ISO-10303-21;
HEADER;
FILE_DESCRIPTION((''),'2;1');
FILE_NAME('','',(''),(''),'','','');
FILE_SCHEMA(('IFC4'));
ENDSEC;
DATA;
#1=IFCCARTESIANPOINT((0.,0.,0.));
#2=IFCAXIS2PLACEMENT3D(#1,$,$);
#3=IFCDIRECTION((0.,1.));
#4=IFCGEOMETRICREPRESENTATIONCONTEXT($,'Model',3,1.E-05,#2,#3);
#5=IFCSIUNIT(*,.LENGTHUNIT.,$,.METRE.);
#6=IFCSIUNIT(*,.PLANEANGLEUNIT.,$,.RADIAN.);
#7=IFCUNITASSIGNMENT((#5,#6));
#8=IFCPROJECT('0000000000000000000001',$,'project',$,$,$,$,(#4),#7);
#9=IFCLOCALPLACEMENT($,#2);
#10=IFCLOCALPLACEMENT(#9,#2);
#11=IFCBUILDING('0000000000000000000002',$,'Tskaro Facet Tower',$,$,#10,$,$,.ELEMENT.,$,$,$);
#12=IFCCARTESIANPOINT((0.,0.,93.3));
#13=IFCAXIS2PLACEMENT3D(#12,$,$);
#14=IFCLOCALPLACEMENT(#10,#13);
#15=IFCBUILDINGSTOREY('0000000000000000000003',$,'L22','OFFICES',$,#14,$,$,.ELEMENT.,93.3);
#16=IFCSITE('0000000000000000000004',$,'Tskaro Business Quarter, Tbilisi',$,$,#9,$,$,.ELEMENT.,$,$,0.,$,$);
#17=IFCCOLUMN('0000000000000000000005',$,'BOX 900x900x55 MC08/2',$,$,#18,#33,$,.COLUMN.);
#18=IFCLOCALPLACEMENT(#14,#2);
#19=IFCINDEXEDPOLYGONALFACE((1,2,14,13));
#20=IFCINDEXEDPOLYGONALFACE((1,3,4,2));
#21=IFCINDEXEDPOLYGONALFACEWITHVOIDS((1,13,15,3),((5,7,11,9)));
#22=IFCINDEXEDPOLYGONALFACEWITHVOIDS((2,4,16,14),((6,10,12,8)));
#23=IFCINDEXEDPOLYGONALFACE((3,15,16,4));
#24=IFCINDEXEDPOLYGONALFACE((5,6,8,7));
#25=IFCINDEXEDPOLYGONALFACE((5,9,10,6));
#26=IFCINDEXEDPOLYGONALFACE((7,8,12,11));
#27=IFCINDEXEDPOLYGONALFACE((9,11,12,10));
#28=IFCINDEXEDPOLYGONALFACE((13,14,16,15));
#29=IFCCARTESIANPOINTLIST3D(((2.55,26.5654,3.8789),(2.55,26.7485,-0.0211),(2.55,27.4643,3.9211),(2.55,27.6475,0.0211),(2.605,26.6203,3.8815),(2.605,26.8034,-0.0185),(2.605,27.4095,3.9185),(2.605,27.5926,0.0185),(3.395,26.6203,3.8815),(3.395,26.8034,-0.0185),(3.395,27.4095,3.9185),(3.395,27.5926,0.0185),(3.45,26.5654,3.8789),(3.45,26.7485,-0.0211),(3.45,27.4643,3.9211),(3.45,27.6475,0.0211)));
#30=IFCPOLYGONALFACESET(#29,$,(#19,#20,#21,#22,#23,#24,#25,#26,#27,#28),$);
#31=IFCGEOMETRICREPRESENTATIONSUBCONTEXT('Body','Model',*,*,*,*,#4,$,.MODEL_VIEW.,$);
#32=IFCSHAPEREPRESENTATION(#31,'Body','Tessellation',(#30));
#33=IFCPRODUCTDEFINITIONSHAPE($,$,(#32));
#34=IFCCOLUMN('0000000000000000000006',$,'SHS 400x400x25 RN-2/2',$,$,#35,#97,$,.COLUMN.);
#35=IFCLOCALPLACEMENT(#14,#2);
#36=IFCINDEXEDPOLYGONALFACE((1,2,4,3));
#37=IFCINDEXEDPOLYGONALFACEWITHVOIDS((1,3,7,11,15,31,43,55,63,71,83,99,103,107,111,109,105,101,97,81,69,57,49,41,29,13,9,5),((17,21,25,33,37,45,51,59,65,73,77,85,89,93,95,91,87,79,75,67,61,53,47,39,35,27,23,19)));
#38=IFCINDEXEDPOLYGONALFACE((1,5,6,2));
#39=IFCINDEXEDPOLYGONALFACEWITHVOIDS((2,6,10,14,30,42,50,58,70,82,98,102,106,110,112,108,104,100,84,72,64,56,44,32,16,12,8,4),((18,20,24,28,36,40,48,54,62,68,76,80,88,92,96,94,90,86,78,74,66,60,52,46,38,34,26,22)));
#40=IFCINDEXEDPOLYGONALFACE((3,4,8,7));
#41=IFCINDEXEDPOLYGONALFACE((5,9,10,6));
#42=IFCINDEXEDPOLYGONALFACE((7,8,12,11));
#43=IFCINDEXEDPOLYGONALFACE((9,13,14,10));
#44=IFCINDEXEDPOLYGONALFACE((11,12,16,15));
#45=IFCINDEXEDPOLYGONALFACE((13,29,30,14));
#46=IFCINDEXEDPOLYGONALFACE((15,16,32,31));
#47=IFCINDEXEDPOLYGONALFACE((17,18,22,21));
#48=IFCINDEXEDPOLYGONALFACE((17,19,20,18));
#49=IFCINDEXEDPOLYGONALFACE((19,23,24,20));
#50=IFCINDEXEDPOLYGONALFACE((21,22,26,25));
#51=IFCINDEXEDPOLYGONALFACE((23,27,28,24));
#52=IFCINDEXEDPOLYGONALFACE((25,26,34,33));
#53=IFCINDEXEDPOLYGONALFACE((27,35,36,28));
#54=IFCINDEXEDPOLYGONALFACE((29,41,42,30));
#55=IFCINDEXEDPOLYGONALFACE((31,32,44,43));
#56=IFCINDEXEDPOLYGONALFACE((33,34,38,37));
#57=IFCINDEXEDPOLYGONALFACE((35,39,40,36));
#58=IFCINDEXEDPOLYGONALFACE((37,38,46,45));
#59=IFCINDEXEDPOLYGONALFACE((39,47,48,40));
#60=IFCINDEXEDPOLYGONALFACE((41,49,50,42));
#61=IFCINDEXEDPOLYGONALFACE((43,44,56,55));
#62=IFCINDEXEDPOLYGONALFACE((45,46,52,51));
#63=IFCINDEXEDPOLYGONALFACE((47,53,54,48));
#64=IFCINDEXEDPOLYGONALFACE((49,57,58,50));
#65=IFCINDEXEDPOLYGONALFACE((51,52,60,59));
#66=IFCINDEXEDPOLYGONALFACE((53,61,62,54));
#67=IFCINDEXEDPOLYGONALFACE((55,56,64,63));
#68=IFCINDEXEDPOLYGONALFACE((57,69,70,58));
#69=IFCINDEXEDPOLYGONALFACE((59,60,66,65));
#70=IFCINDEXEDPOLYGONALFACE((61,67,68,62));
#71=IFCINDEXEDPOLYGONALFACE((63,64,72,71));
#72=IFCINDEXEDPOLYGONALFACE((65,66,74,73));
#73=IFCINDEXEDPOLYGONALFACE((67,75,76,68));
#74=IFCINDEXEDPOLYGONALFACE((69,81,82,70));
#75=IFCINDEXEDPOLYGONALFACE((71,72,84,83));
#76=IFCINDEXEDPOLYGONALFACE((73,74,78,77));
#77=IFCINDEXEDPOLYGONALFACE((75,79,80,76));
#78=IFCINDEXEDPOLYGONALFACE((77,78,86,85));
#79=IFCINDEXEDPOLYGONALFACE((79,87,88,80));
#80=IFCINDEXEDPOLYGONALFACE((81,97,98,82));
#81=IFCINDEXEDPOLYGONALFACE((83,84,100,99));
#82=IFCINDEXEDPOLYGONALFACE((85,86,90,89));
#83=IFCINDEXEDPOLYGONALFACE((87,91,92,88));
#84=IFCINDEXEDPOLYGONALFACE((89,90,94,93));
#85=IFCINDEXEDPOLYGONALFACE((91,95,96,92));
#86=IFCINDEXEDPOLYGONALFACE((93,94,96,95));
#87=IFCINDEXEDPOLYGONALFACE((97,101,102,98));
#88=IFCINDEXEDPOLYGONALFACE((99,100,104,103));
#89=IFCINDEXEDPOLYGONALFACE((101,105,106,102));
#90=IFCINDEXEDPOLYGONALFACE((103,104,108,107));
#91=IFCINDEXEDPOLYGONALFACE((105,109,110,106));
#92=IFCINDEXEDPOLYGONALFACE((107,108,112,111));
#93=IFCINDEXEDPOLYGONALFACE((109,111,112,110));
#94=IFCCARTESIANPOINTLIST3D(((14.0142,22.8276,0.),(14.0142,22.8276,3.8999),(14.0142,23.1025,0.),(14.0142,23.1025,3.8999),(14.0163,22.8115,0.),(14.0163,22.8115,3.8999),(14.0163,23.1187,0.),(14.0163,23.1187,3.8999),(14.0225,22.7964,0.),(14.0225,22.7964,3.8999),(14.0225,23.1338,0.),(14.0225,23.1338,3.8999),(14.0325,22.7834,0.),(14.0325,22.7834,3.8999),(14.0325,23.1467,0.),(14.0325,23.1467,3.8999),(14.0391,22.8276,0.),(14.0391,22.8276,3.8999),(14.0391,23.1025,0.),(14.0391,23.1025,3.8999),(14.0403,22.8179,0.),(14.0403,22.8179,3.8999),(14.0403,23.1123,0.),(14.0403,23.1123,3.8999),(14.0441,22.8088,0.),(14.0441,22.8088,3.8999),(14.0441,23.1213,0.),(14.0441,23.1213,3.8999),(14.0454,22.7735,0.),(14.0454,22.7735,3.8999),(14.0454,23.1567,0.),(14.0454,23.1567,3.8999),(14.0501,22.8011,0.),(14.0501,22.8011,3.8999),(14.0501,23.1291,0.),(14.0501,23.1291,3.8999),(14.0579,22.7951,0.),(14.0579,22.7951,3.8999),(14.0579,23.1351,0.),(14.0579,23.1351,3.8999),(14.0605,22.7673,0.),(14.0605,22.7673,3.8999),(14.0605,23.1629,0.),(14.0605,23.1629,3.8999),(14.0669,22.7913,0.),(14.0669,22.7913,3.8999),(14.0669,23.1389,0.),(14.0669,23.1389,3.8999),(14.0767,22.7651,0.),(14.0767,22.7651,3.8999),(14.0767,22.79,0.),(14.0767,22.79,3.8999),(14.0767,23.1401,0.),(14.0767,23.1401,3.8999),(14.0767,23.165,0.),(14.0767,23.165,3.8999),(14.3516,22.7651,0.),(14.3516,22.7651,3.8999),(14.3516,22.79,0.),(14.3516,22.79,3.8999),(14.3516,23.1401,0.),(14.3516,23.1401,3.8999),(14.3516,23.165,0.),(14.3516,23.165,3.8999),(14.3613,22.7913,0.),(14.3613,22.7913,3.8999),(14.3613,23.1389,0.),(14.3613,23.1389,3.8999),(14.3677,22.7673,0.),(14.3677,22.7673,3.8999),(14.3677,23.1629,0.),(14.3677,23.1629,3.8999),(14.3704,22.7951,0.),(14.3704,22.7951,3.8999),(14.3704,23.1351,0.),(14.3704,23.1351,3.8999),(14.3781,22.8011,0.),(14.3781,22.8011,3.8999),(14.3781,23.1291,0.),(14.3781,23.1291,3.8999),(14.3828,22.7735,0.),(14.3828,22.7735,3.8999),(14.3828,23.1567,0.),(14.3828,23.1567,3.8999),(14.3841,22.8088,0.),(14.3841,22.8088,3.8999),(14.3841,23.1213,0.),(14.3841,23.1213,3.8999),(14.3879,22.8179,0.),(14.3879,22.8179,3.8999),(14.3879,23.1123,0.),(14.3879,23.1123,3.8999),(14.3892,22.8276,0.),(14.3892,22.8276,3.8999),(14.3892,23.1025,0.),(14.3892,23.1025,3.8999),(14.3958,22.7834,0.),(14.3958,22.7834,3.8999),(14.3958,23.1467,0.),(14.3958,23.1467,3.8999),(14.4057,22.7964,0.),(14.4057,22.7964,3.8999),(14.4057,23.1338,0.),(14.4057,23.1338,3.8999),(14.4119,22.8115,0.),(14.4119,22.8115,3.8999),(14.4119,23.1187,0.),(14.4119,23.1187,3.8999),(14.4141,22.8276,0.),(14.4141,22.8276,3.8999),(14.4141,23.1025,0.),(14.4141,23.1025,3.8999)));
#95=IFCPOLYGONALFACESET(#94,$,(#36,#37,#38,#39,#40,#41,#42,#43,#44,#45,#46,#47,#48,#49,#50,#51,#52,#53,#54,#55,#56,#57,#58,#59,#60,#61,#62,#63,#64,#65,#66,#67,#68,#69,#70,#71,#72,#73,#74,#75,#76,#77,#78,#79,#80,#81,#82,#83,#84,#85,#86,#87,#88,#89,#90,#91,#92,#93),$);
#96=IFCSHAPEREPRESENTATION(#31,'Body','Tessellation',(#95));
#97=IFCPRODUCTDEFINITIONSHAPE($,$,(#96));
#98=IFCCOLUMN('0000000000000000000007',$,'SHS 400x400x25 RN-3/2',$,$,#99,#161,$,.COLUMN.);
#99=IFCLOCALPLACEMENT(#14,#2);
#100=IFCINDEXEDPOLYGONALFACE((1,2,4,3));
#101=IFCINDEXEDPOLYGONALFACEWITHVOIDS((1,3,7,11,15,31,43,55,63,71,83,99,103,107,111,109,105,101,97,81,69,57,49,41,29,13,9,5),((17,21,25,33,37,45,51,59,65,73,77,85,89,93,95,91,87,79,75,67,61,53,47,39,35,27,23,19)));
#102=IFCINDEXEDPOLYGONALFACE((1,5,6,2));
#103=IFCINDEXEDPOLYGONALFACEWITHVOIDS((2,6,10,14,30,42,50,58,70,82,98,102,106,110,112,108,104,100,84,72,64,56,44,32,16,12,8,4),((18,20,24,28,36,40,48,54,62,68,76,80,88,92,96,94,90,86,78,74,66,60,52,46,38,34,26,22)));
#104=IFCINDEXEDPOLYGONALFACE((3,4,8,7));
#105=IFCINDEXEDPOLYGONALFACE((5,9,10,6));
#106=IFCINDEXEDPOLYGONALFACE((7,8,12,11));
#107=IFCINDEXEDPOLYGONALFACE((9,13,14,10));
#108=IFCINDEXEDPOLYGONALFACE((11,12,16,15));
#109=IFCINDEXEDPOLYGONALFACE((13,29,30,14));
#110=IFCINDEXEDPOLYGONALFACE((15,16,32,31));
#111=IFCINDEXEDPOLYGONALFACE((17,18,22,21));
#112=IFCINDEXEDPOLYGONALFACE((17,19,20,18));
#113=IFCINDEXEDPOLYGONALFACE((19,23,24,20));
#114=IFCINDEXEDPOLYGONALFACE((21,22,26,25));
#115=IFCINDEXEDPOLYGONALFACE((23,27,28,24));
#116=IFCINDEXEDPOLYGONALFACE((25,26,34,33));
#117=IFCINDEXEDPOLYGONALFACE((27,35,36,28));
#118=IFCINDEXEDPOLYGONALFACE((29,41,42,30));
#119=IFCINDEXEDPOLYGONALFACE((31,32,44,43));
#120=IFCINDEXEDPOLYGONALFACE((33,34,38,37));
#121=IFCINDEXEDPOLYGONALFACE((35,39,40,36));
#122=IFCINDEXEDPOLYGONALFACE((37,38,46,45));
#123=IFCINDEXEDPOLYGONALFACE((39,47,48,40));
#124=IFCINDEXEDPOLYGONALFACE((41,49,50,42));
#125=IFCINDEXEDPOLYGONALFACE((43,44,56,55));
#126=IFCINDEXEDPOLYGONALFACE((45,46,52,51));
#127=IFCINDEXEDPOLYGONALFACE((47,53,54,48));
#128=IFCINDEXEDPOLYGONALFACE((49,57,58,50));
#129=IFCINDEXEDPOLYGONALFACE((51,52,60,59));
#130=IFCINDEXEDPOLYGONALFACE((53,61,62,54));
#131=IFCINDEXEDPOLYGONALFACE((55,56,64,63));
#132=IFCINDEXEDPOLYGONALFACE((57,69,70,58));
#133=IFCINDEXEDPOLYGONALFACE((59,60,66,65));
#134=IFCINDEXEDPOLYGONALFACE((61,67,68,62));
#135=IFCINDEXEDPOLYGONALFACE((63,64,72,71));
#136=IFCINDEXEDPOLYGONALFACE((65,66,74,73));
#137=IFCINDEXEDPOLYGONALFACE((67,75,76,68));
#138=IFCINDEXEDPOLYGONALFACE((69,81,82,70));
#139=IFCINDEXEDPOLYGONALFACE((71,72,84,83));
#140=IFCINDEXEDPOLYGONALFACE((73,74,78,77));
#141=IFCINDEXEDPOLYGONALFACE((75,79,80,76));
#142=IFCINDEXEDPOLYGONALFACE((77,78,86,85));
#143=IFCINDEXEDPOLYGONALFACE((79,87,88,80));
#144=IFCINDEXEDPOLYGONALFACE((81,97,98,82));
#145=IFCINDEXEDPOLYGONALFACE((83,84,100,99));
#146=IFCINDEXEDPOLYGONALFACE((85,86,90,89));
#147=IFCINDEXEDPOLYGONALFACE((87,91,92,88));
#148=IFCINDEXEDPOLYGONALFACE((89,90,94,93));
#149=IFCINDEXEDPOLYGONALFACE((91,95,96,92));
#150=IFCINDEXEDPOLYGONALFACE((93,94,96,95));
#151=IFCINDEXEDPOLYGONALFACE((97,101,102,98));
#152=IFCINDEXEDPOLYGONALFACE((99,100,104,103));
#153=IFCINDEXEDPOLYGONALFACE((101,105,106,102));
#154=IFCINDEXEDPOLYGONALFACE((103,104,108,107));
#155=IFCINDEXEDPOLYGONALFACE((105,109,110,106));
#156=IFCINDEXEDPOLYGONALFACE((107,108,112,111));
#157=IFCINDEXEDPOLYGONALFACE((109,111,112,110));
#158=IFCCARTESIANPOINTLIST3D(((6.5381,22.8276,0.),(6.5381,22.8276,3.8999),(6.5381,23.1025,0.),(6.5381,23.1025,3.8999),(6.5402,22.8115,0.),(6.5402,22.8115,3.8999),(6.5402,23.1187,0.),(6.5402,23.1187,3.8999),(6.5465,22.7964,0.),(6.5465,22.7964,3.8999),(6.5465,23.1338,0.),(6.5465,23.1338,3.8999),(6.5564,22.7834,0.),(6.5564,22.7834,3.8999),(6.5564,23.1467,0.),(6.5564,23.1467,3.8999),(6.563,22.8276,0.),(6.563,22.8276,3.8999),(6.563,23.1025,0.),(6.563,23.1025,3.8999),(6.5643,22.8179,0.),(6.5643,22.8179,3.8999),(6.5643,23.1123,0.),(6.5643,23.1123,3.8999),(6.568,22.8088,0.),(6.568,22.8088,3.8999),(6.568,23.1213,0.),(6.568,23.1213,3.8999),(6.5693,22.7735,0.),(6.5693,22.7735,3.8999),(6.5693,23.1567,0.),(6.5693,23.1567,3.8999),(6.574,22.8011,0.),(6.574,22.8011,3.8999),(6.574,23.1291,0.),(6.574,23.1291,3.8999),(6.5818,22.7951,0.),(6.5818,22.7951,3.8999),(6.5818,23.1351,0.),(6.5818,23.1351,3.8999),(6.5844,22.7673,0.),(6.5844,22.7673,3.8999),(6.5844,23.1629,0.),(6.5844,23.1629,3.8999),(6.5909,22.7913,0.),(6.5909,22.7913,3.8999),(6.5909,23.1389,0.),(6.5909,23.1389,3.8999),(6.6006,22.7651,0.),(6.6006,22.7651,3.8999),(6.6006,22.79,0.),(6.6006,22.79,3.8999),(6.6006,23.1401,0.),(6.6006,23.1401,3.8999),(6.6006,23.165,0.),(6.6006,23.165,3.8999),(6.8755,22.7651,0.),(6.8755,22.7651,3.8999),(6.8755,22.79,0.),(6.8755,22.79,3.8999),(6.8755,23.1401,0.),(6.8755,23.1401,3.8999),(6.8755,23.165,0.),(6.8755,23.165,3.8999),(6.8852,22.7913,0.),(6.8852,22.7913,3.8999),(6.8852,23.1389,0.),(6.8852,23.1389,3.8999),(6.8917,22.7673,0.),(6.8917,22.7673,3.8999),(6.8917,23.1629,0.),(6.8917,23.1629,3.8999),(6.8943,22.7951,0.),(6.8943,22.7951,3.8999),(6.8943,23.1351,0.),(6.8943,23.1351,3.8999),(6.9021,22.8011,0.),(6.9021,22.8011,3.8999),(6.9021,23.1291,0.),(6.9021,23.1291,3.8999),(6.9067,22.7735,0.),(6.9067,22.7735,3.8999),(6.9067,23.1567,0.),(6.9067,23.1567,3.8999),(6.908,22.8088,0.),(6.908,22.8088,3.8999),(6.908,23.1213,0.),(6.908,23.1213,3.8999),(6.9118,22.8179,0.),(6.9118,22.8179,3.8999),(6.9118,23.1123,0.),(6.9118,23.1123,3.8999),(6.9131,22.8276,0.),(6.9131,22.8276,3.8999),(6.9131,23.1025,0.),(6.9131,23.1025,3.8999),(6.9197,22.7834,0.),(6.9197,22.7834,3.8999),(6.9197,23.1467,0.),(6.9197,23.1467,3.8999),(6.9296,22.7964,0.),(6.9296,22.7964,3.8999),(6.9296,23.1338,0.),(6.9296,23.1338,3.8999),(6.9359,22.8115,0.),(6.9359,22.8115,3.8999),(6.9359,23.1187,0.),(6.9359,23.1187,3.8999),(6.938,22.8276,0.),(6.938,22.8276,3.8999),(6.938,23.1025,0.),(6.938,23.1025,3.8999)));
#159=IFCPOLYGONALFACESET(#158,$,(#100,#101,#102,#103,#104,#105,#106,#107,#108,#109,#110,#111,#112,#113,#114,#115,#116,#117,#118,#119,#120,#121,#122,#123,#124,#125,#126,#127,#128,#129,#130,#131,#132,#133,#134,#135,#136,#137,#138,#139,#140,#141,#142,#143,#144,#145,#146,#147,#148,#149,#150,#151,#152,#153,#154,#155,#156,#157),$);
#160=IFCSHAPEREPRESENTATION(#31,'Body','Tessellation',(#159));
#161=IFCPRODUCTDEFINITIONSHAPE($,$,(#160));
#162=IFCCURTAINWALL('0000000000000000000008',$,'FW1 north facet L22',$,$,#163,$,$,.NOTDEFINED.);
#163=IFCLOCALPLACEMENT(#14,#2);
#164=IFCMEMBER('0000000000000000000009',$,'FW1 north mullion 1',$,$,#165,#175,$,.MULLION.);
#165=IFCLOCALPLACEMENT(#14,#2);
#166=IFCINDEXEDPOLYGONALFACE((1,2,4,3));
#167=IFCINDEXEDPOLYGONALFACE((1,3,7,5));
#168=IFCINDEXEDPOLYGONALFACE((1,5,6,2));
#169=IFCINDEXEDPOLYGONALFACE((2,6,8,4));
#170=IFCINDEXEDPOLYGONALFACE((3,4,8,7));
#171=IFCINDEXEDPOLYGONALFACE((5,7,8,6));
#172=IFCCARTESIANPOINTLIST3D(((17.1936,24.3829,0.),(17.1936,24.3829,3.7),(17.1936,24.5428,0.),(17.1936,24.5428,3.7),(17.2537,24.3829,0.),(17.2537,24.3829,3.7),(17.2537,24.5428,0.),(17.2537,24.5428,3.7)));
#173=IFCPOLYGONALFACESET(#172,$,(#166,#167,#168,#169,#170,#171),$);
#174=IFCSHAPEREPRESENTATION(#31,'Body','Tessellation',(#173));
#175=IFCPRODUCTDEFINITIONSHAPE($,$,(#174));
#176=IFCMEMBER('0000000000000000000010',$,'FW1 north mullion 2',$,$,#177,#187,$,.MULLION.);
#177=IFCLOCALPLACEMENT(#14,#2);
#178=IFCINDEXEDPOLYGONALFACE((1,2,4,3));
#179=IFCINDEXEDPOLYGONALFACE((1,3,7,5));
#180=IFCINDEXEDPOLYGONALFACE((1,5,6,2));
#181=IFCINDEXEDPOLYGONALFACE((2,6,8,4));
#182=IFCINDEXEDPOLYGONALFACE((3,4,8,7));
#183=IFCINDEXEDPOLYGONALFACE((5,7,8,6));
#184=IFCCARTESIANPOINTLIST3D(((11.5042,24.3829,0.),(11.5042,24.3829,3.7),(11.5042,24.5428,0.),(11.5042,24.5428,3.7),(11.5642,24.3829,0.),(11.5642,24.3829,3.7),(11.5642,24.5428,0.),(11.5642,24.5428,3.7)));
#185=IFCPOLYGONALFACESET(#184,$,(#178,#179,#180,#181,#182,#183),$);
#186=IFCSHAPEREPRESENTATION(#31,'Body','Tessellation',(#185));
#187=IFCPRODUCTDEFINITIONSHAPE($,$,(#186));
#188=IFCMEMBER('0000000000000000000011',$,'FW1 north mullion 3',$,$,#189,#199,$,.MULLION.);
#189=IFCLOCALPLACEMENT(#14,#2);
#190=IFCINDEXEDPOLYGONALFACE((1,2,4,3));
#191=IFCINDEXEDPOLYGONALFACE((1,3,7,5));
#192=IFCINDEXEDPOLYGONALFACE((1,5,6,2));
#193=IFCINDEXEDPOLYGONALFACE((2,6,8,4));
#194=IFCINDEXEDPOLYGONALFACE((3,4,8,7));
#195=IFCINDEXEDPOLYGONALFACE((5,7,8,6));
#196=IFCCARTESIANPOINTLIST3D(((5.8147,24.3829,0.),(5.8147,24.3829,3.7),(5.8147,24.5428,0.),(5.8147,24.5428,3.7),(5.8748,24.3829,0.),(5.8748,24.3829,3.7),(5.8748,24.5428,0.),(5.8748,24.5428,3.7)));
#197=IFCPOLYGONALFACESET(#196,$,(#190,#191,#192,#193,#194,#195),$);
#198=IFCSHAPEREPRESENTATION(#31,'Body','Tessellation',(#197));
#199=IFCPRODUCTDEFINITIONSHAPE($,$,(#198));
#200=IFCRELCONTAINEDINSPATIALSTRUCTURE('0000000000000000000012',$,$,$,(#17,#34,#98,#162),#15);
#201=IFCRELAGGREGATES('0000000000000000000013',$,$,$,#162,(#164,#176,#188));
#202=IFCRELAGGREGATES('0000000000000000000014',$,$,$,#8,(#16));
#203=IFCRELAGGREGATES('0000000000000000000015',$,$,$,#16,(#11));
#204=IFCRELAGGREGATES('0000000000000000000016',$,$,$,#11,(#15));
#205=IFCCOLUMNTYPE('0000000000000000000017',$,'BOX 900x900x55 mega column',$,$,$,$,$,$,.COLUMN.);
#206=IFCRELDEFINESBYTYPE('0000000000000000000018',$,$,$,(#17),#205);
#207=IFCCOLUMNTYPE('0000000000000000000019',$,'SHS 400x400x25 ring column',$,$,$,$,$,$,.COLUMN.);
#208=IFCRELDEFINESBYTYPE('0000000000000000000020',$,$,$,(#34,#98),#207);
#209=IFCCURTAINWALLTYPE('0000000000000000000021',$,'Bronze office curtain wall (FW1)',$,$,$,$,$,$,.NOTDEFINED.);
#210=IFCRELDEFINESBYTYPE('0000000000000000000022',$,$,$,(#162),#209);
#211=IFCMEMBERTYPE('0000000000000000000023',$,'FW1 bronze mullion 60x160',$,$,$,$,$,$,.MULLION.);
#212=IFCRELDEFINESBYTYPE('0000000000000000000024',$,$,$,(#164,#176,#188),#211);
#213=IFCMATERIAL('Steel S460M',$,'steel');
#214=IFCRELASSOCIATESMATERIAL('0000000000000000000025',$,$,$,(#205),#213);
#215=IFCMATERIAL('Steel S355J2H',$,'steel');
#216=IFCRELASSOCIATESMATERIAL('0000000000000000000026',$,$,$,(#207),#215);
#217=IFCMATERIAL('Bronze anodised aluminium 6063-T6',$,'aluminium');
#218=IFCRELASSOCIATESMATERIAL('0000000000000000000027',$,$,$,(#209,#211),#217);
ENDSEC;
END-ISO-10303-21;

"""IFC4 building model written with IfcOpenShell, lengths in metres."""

from ifc_helpers import new_model, si_unit, direction, frame, origin, origin_2d, place, context, subcontext, project, spatial, rectangle, hollow_rectangle, extrude, material, material_profile, profile_set, type_object, element, aggregate, save


model = new_model("IFC4")

# Units and contexts
model_context = context("Model", 3, precision=1e-05, world=origin(), true_north=direction((0.0, 1.0)))
body_context = subcontext(model_context, "Body", "Model", "MODEL_VIEW")
ifc_project = project(units=[si_unit("LENGTHUNIT", "METRE"), si_unit("PLANEANGLEUNIT", "RADIAN")], contexts=[model_context])

# Site, building, storey
site_placement = place(None, origin())
site = spatial("IfcSite", under=ifc_project, at=site_placement, Name="Tskaro Business Quarter, Tbilisi", CompositionType="ELEMENT", RefElevation=0.0)
building_placement = place(site_placement, origin())
building = spatial("IfcBuilding", under=site, at=building_placement, Name="Tskaro Facet Tower", CompositionType="ELEMENT")
storey_placement = place(building_placement, frame((0.0, 0.0, 93.3)))
storey = spatial("IfcBuildingStorey", under=building, at=storey_placement, Name="L22", Description="OFFICES", CompositionType="ELEMENT", Elevation=93.3)

# Columns
ifc_material_1 = material(Name="Steel S460M", Category="steel")
ifc_material_profile_1 = material_profile(ifc_material_1, hollow_rectangle(XDim=0.8999, YDim=0.8999, WallThickness=0.0549, at=origin_2d()), Name="BOX 900x900x55")
ifc_profile_set_1 = profile_set([ifc_material_profile_1], Name="Steel S460M")
column_type_1 = type_object("IfcColumnType", Name="BOX 900x900x55 mega column", PredefinedType="COLUMN", material=ifc_profile_set_1)
column_placement = place(storey_placement, frame((3.0, 27.198, 0.0), z_axis=(0.0, -0.0469, 0.9989), x_axis=(1.0, 0.0, 0.0)))
element("IfcColumn", 1, at=column_placement, inside=storey, type_object=column_type_1, Name="BOX 900x900x55 MC08/2", PredefinedType="COLUMN", context=body_context, shape_type="SweptSolid", body=[
    extrude(hollow_rectangle(XDim=0.8999, YDim=0.8999, WallThickness=0.0549, at=origin_2d()), origin(), (0.0, 0.0, 1.0), 3.9043),
])
ifc_material_2 = material(Name="Steel S355J2H", Category="steel")
ifc_material_profile_2 = material_profile(ifc_material_2, hollow_rectangle(XDim=0.3999, YDim=0.3999, WallThickness=0.0249, InnerFilletRadius=0.0376, OuterFilletRadius=0.0625, at=origin_2d()), Name="SHS 400x400x25")
ifc_profile_set_2 = profile_set([ifc_material_profile_2], Name="Steel S355J2H")
column_type_2 = type_object("IfcColumnType", Name="SHS 400x400x25 ring column", PredefinedType="COLUMN", material=ifc_profile_set_2)
for number, where, z_axis, x_axis, name in (
    (2, (14.2141, 22.9651, 0.0), (0.0, 0.0, 1.0), (1.0, 0.0, 0.0), "SHS 400x400x25 RN-2/2"),
    (3, (6.738, 22.9651, 0.0), (0.0, 0.0, 1.0), (1.0, 0.0, 0.0), "SHS 400x400x25 RN-3/2"),
):
    element("IfcColumn", number, at=place(storey_placement, frame(where, z_axis=z_axis, x_axis=x_axis)), inside=storey, type_object=column_type_2, Name=name, PredefinedType="COLUMN", context=body_context, shape_type="SweptSolid", body=[
        extrude(hollow_rectangle(XDim=0.3999, YDim=0.3999, WallThickness=0.0249, InnerFilletRadius=0.0376, OuterFilletRadius=0.0625, at=origin_2d()), origin(), (0.0, 0.0, 1.0), 3.8999),
    ])

# Curtain wall, members
ifc_material_3 = material(Name="Bronze anodised aluminium 6063-T6", Category="aluminium")
curtain_wall_type = type_object("IfcCurtainWallType", Name="Bronze office curtain wall (FW1)", PredefinedType="NOTDEFINED", material=ifc_material_3)
curtain_wall_placement = place(storey_placement, origin())
curtain_wall = element("IfcCurtainWall", 4, at=curtain_wall_placement, inside=storey, type_object=curtain_wall_type, Name="FW1 north facet L22", PredefinedType="NOTDEFINED")
ifc_material_profile_3 = material_profile(ifc_material_3, rectangle(XDim=0.0601, YDim=0.1599, at=origin_2d()), Name="Mullion 60x160")
ifc_profile_set_3 = profile_set([ifc_material_profile_3], Name="Bronze anodised aluminium 6063-T6")
member_type_1 = type_object("IfcMemberType", Name="FW1 bronze mullion 60x160", PredefinedType="MULLION", material=ifc_profile_set_3)
member_1_placement = place(storey_placement, frame((17.2236, 24.4629, 0.0), z_axis=(0.0, 0.0, 1.0), x_axis=(-1.0, 0.0, 0.0)))
member_1 = element("IfcMember", 5, at=member_1_placement, type_object=member_type_1, Name="FW1 north mullion 1", PredefinedType="MULLION", context=body_context, shape_type="SweptSolid", body=[
    extrude(rectangle(XDim=0.0601, YDim=0.1599, at=origin_2d()), origin(), (0.0, 0.0, 1.0), 3.7),
])
member_2_placement = place(storey_placement, frame((11.5342, 24.4629, 0.0), z_axis=(0.0, 0.0, 1.0), x_axis=(-1.0, 0.0, 0.0)))
member_2 = element("IfcMember", 6, at=member_2_placement, type_object=member_type_1, Name="FW1 north mullion 2", PredefinedType="MULLION", context=body_context, shape_type="SweptSolid", body=[
    extrude(rectangle(XDim=0.0601, YDim=0.1599, at=origin_2d()), origin(), (0.0, 0.0, 1.0), 3.7),
])
member_3_placement = place(storey_placement, frame((5.8447, 24.4629, 0.0), z_axis=(0.0, 0.0, 1.0), x_axis=(-1.0, 0.0, 0.0)))
member_3 = element("IfcMember", 7, at=member_3_placement, type_object=member_type_1, Name="FW1 north mullion 3", PredefinedType="MULLION", context=body_context, shape_type="SweptSolid", body=[
    extrude(rectangle(XDim=0.0601, YDim=0.1599, at=origin_2d()), origin(), (0.0, 0.0, 1.0), 3.7),
])

aggregate(curtain_wall, [member_1, member_2, member_3])

save(model, "model.ifc")
